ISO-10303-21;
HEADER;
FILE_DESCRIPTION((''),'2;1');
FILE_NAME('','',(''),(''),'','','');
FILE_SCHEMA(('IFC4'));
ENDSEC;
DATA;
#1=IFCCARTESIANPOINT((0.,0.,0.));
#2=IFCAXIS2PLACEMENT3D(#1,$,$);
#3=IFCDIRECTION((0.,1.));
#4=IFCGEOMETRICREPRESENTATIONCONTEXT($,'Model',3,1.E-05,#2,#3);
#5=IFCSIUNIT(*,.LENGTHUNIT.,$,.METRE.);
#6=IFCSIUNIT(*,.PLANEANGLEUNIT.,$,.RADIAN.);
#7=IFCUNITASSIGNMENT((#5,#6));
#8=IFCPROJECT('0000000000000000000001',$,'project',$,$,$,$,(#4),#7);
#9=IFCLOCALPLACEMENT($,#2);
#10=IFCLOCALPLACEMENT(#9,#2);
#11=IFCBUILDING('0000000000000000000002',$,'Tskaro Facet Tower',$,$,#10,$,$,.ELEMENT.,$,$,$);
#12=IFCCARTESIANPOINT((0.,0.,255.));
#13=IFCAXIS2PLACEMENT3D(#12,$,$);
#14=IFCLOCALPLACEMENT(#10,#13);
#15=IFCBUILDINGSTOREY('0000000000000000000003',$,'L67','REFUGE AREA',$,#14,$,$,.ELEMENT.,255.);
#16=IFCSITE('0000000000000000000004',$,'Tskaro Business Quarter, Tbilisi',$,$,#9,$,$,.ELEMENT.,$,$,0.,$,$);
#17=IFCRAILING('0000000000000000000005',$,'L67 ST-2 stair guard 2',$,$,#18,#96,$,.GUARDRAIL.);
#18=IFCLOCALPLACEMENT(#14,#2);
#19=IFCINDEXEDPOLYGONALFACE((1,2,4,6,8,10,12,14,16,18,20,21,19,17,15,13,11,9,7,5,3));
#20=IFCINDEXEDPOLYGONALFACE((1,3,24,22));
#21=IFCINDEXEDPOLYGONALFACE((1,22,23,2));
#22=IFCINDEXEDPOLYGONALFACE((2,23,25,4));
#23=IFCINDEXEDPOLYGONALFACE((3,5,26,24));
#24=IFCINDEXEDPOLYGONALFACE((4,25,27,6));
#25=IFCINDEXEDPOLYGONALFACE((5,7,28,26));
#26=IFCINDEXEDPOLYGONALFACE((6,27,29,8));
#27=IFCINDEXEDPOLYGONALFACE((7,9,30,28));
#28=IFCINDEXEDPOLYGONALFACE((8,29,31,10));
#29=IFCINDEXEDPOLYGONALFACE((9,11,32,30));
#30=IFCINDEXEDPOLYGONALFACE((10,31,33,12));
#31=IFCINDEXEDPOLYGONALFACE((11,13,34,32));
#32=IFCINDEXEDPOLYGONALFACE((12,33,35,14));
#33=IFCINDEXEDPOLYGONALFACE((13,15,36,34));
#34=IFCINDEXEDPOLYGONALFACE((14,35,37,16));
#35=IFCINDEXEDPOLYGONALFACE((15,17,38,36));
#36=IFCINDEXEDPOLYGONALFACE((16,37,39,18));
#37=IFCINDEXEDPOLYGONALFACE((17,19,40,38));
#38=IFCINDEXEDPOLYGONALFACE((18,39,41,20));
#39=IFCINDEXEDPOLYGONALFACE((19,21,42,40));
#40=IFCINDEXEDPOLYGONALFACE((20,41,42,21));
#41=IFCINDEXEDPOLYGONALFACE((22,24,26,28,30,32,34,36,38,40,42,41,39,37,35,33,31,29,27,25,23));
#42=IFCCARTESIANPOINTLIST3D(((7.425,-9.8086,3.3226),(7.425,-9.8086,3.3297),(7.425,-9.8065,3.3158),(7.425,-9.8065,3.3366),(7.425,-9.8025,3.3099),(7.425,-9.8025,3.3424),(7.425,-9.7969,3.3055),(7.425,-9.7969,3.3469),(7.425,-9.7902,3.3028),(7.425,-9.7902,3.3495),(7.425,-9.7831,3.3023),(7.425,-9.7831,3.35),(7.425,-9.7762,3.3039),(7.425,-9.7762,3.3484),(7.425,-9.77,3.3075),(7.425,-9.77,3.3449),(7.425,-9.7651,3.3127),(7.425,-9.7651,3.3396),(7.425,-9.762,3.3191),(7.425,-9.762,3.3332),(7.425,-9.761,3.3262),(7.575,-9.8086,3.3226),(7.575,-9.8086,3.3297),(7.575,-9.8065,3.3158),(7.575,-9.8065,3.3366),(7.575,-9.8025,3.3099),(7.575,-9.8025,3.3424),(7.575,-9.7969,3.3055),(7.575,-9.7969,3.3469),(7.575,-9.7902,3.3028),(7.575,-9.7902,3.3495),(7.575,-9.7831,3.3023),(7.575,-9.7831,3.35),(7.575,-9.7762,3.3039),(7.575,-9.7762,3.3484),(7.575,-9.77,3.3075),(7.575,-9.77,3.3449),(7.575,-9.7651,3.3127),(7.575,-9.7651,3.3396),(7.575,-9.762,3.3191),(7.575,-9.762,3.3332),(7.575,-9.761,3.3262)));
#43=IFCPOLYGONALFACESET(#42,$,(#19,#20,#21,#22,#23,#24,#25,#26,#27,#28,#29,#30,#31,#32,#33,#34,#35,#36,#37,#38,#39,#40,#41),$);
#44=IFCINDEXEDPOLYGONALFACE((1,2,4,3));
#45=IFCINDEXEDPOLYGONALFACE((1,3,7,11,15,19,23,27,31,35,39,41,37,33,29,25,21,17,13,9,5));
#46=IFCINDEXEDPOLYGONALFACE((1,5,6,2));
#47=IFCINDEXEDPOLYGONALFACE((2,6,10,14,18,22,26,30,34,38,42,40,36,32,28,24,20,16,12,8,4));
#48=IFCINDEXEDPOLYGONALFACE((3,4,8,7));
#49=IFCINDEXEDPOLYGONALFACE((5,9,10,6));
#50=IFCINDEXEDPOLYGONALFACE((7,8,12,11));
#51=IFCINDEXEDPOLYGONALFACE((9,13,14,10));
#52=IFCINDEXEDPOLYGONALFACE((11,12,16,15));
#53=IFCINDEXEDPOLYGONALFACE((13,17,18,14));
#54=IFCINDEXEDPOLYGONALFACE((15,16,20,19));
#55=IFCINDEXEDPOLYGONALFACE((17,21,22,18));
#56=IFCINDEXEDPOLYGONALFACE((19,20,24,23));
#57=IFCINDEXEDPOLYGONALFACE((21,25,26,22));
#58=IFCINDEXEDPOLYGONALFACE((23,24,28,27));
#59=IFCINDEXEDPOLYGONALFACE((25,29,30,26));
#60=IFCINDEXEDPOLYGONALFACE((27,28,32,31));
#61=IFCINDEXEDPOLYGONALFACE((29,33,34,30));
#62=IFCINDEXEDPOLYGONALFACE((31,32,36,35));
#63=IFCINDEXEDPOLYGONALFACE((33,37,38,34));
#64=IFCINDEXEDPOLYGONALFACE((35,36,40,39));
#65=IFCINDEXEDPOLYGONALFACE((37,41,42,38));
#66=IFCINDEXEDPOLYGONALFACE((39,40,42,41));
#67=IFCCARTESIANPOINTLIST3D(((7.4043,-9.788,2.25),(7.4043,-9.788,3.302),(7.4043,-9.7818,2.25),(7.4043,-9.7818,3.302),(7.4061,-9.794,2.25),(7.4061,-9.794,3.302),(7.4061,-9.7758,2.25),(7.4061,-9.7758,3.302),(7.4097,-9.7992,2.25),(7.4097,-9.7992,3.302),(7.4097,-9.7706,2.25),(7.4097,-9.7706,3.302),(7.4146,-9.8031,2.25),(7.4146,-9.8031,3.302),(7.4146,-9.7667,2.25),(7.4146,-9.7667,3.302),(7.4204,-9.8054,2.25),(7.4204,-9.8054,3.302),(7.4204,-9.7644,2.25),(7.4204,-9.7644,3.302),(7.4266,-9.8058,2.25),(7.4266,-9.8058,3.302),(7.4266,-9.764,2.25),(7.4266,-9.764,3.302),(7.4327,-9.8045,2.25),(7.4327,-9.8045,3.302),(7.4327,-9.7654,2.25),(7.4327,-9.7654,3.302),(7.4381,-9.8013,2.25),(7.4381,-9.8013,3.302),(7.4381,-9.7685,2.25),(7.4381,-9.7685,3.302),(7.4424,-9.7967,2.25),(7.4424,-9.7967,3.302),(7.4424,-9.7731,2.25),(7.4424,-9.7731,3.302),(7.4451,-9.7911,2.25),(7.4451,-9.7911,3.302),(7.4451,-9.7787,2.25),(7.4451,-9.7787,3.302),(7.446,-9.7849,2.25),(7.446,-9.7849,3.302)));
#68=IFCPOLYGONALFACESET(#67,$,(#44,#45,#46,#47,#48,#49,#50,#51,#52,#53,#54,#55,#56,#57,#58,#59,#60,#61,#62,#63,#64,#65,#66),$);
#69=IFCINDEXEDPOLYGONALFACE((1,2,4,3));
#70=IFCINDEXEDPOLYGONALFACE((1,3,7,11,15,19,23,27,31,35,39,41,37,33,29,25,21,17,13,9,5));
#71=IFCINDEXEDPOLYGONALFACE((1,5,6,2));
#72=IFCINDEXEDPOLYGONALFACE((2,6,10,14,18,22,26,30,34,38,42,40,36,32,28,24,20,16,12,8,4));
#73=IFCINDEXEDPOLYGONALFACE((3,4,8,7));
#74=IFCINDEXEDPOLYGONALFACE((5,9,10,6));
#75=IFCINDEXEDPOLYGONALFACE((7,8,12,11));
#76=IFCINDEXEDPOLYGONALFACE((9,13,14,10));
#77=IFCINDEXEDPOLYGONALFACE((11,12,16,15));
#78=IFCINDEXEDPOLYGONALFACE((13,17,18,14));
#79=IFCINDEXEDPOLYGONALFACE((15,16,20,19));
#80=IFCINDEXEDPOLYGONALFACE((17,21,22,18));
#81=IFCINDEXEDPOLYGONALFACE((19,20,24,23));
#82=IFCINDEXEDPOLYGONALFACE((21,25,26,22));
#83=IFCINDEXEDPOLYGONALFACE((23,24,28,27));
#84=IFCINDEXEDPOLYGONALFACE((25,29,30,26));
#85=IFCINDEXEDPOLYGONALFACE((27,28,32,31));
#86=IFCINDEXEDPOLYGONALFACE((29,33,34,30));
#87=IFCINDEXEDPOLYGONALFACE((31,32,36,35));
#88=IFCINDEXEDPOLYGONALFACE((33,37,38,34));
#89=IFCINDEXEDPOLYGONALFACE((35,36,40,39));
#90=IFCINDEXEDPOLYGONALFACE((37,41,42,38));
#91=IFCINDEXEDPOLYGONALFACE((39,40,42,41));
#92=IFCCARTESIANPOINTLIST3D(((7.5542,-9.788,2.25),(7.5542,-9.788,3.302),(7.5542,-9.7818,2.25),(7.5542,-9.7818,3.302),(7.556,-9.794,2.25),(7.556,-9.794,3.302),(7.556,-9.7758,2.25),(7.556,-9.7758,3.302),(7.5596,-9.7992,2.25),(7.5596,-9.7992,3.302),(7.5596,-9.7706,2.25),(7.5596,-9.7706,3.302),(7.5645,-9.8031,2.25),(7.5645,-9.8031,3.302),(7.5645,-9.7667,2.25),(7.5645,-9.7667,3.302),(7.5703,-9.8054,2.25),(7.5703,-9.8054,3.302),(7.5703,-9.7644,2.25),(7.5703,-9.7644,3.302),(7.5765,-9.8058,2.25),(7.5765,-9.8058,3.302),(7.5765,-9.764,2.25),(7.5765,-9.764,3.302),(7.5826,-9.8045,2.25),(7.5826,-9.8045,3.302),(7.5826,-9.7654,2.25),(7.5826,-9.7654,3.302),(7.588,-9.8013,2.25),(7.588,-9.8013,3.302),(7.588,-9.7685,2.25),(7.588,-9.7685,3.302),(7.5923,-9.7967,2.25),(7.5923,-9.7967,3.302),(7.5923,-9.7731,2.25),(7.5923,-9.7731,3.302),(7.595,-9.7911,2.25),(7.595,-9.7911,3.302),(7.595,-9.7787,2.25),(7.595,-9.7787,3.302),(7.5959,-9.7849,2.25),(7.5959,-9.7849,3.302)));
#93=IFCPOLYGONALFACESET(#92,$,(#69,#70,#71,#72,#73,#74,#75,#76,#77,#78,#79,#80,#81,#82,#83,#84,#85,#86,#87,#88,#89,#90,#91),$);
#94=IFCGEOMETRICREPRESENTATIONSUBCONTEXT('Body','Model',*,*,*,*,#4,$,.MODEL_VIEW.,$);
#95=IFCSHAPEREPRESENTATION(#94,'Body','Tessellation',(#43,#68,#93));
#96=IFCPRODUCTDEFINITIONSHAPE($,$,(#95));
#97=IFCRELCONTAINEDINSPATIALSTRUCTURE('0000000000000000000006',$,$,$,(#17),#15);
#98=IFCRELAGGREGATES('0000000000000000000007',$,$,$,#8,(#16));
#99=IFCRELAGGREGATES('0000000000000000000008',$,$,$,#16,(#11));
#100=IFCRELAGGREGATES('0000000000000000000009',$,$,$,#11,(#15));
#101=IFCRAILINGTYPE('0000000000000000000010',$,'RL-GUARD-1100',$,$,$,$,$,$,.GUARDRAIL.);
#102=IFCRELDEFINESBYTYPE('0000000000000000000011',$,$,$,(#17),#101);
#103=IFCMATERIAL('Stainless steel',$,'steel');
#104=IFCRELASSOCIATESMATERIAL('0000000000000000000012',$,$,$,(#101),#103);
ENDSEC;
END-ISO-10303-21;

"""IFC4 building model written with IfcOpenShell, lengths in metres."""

from ifc_helpers import new_model, si_unit, direction, frame, origin, origin_2d, place, context, subcontext, project, spatial, circle, extrude, material, type_object, element, save


model = new_model("IFC4")

# Units and contexts
model_context = context("Model", 3, precision=1e-05, world=origin(), true_north=direction((0.0, 1.0)))
body_context = subcontext(model_context, "Body", "Model", "MODEL_VIEW")
ifc_project = project(units=[si_unit("LENGTHUNIT", "METRE"), si_unit("PLANEANGLEUNIT", "RADIAN")], contexts=[model_context])

# Site, building, storey
site_placement = place(None, origin())
site = spatial("IfcSite", under=ifc_project, at=site_placement, Name="Tskaro Business Quarter, Tbilisi", CompositionType="ELEMENT", RefElevation=0.0)
building_placement = place(site_placement, origin())
building = spatial("IfcBuilding", under=site, at=building_placement, Name="Tskaro Facet Tower", CompositionType="ELEMENT")
storey_placement = place(building_placement, frame((0.0, 0.0, 255.0)))
storey = spatial("IfcBuildingStorey", under=building, at=storey_placement, Name="L67", Description="REFUGE AREA", CompositionType="ELEMENT", Elevation=255.0)

# Railing
ifc_material_1 = material(Name="Stainless steel", Category="steel")
railing_type_1 = type_object("IfcRailingType", Name="RL-GUARD-1100", PredefinedType="GUARDRAIL", material=ifc_material_1)
railing_1_placement = place(storey_placement, frame((7.425, -9.7849, 2.25)))
element("IfcRailing", 1, at=railing_1_placement, inside=storey, type_object=railing_type_1, Name="L67 ST-2 stair guard 2", PredefinedType="GUARDRAIL", context=body_context, shape_type="SweptSolid", body=[
    extrude(circle(Radius=0.0239, at=origin_2d()), frame((0.0, 0.0, 1.0762), z_axis=(1.0, 0.0, 0.0), x_axis=(0.0, 1.0, 0.0)), (0.0, 0.0, 1.0), 0.1499),
    extrude(circle(Radius=0.021, at=origin_2d()), origin(), (0.0, 0.0, 1.0), 1.052),
    extrude(circle(Radius=0.021, at=origin_2d()), frame((0.1499, 0.0, 0.0)), (0.0, 0.0, 1.0), 1.052),
])

save(model, "model.ifc")
